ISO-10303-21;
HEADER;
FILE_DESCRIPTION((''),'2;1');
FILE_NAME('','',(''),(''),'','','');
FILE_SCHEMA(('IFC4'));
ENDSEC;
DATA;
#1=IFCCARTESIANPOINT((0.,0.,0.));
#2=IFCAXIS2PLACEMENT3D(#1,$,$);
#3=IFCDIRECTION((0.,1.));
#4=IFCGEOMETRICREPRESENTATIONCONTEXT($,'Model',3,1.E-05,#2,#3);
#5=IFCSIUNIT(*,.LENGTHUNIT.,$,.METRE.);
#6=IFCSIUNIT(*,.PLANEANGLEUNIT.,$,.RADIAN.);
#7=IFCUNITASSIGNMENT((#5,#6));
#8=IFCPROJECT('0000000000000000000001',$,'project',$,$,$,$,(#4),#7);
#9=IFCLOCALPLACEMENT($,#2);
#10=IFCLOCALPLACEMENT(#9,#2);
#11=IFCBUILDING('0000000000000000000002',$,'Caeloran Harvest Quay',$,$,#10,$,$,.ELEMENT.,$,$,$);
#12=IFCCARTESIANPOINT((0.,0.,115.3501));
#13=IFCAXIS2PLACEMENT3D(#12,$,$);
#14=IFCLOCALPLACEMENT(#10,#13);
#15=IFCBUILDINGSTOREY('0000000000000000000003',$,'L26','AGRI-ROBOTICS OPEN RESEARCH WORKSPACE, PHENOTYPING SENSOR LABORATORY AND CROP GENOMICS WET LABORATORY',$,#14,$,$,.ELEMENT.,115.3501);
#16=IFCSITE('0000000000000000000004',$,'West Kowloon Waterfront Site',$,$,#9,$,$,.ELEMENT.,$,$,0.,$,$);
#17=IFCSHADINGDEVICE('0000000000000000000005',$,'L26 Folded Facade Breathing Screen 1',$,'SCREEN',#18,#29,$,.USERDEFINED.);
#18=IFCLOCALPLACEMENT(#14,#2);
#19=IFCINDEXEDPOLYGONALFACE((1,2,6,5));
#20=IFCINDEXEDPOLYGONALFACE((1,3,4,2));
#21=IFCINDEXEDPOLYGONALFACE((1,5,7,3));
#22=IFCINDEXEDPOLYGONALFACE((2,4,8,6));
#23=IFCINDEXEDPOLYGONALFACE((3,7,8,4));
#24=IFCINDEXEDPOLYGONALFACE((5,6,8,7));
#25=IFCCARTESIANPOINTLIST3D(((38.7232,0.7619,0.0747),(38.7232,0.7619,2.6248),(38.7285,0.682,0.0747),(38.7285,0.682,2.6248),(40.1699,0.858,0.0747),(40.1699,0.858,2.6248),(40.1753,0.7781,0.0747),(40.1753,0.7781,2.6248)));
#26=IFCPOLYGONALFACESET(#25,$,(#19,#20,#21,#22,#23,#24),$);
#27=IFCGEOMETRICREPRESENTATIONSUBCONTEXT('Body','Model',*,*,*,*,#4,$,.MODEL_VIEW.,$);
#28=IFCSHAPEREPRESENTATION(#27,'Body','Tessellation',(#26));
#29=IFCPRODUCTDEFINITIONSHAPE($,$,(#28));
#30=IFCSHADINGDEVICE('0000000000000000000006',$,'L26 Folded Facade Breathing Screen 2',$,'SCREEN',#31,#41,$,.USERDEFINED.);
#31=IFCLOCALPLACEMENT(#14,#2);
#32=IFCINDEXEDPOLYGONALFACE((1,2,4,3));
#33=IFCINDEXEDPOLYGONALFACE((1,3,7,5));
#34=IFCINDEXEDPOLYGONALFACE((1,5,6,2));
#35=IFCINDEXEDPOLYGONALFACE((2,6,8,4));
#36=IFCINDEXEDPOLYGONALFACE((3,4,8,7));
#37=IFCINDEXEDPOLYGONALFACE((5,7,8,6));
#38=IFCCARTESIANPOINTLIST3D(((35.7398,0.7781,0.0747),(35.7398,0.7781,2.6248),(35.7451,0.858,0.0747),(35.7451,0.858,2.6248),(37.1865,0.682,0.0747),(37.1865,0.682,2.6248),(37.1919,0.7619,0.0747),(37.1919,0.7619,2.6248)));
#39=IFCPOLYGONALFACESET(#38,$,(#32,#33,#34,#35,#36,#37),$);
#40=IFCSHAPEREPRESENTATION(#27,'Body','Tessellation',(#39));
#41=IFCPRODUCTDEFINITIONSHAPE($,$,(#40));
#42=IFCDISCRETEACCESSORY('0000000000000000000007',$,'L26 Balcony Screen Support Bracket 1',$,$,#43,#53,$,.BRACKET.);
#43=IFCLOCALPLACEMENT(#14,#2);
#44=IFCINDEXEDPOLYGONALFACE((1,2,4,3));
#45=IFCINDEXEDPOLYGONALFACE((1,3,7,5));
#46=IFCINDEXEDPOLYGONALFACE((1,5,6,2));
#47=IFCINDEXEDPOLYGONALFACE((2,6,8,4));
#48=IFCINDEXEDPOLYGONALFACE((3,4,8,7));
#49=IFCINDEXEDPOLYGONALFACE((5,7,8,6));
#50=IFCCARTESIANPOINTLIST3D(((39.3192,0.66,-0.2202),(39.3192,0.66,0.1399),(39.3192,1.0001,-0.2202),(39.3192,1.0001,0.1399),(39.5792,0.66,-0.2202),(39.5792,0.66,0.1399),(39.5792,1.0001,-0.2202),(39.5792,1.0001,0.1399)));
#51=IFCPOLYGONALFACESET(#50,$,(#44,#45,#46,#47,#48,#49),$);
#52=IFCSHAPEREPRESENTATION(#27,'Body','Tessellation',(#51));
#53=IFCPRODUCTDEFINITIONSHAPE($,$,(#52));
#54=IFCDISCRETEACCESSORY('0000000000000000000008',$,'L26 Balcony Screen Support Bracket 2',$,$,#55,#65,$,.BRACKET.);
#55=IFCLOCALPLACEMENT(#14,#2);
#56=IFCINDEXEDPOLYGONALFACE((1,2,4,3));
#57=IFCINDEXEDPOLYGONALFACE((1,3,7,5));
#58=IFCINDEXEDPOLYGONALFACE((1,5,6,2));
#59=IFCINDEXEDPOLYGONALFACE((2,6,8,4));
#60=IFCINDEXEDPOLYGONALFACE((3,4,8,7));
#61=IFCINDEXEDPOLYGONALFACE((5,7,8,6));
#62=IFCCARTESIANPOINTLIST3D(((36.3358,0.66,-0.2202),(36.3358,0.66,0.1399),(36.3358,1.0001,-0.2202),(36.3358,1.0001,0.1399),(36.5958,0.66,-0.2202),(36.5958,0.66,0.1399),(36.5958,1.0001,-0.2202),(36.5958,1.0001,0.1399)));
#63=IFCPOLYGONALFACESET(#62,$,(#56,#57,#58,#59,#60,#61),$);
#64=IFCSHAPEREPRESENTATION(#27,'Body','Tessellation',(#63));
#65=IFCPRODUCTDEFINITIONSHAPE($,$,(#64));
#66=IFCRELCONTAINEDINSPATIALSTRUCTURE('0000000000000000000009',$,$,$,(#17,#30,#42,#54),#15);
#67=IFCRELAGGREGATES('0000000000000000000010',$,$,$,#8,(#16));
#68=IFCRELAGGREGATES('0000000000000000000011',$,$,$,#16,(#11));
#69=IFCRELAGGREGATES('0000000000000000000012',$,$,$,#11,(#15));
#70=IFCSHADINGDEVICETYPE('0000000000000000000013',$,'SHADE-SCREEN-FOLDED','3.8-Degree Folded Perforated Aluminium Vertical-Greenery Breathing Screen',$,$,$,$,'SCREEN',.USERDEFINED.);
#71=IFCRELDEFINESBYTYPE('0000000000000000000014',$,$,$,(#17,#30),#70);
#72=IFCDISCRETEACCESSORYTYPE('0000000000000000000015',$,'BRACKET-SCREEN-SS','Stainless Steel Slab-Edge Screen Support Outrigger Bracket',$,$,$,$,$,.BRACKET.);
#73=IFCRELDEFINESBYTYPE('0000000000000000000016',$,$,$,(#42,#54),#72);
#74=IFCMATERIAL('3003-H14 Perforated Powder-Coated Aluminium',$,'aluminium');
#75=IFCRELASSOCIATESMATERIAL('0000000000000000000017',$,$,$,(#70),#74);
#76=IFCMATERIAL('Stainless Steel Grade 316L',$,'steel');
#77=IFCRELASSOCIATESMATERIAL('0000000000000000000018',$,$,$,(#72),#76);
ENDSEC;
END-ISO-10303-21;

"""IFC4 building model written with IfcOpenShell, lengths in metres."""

from ifc_helpers import new_model, si_unit, direction, frame, origin, origin_2d, place, context, subcontext, project, spatial, rectangle, extrude, material, type_object, element, save


model = new_model("IFC4")

# Units and contexts
model_context = context("Model", 3, precision=1e-05, world=origin(), true_north=direction((0.0, 1.0)))
body_context = subcontext(model_context, "Body", "Model", "MODEL_VIEW")
ifc_project = project(units=[si_unit("LENGTHUNIT", "METRE"), si_unit("PLANEANGLEUNIT", "RADIAN")], contexts=[model_context])

# Site, building, storey
site_placement = place(None, origin())
site = spatial("IfcSite", under=ifc_project, at=site_placement, Name="West Kowloon Waterfront Site", CompositionType="ELEMENT", RefElevation=0.0)
building_placement = place(site_placement, origin())
building = spatial("IfcBuilding", under=site, at=building_placement, Name="Caeloran Harvest Quay", CompositionType="ELEMENT")
storey_placement = place(building_placement, frame((0.0, 0.0, 115.3501)))
storey = spatial("IfcBuildingStorey", under=building, at=storey_placement, Name="L26", Description="AGRI-ROBOTICS OPEN RESEARCH WORKSPACE, PHENOTYPING SENSOR LABORATORY AND CROP GENOMICS WET LABORATORY", CompositionType="ELEMENT", Elevation=115.3501)

# Shading devices
ifc_material_1 = material(Name="3003-H14 Perforated Powder-Coated Aluminium", Category="aluminium")
shading_device_type = type_object("IfcShadingDeviceType", Name="SHADE-SCREEN-FOLDED", Description="3.8-Degree Folded Perforated Aluminium Vertical-Greenery Breathing Screen", ElementType="SCREEN", PredefinedType="USERDEFINED", material=ifc_material_1)
for number, where, z_axis, x_axis, name in (
    (1, (39.4492, 0.77, 0.0747), (0.0, 0.0, 1.0), (0.997801, 0.066274, 0.0), "L26 Folded Facade Breathing Screen 1"),
    (2, (36.4658, 0.77, 0.0747), (0.0, 0.0, 1.0), (0.997801, -0.066274, 0.0), "L26 Folded Facade Breathing Screen 2"),
):
    element("IfcShadingDevice", number, at=place(storey_placement, frame(where, z_axis=z_axis, x_axis=x_axis)), inside=storey, type_object=shading_device_type, Name=name, ObjectType="SCREEN", PredefinedType="USERDEFINED", context=body_context, shape_type="SweptSolid", body=[
        extrude(rectangle(XDim=1.45, YDim=0.0801, at=origin_2d()), origin(), (0.0, 0.0, 1.0), 2.55),
    ])

# Discrete accessories
ifc_material_2 = material(Name="Stainless Steel Grade 316L", Category="steel")
discrete_accessory_type = type_object("IfcDiscreteAccessoryType", Name="BRACKET-SCREEN-SS", Description="Stainless Steel Slab-Edge Screen Support Outrigger Bracket", PredefinedType="BRACKET", material=ifc_material_2)
for number, where, z_axis, x_axis, name in (
    (3, (39.4492, 0.8301, -0.2202), (0.0, 0.0, 1.0), (1.0, 0.0, 0.0), "L26 Balcony Screen Support Bracket 1"),
    (4, (36.4658, 0.8301, -0.2202), (0.0, 0.0, 1.0), (1.0, 0.0, 0.0), "L26 Balcony Screen Support Bracket 2"),
):
    element("IfcDiscreteAccessory", number, at=place(storey_placement, frame(where, z_axis=z_axis, x_axis=x_axis)), inside=storey, type_object=discrete_accessory_type, Name=name, PredefinedType="BRACKET", context=body_context, shape_type="SweptSolid", body=[
        extrude(rectangle(XDim=0.26, YDim=0.3401, at=origin_2d()), origin(), (0.0, 0.0, 1.0), 0.3601),
    ])

save(model, "model.ifc")
